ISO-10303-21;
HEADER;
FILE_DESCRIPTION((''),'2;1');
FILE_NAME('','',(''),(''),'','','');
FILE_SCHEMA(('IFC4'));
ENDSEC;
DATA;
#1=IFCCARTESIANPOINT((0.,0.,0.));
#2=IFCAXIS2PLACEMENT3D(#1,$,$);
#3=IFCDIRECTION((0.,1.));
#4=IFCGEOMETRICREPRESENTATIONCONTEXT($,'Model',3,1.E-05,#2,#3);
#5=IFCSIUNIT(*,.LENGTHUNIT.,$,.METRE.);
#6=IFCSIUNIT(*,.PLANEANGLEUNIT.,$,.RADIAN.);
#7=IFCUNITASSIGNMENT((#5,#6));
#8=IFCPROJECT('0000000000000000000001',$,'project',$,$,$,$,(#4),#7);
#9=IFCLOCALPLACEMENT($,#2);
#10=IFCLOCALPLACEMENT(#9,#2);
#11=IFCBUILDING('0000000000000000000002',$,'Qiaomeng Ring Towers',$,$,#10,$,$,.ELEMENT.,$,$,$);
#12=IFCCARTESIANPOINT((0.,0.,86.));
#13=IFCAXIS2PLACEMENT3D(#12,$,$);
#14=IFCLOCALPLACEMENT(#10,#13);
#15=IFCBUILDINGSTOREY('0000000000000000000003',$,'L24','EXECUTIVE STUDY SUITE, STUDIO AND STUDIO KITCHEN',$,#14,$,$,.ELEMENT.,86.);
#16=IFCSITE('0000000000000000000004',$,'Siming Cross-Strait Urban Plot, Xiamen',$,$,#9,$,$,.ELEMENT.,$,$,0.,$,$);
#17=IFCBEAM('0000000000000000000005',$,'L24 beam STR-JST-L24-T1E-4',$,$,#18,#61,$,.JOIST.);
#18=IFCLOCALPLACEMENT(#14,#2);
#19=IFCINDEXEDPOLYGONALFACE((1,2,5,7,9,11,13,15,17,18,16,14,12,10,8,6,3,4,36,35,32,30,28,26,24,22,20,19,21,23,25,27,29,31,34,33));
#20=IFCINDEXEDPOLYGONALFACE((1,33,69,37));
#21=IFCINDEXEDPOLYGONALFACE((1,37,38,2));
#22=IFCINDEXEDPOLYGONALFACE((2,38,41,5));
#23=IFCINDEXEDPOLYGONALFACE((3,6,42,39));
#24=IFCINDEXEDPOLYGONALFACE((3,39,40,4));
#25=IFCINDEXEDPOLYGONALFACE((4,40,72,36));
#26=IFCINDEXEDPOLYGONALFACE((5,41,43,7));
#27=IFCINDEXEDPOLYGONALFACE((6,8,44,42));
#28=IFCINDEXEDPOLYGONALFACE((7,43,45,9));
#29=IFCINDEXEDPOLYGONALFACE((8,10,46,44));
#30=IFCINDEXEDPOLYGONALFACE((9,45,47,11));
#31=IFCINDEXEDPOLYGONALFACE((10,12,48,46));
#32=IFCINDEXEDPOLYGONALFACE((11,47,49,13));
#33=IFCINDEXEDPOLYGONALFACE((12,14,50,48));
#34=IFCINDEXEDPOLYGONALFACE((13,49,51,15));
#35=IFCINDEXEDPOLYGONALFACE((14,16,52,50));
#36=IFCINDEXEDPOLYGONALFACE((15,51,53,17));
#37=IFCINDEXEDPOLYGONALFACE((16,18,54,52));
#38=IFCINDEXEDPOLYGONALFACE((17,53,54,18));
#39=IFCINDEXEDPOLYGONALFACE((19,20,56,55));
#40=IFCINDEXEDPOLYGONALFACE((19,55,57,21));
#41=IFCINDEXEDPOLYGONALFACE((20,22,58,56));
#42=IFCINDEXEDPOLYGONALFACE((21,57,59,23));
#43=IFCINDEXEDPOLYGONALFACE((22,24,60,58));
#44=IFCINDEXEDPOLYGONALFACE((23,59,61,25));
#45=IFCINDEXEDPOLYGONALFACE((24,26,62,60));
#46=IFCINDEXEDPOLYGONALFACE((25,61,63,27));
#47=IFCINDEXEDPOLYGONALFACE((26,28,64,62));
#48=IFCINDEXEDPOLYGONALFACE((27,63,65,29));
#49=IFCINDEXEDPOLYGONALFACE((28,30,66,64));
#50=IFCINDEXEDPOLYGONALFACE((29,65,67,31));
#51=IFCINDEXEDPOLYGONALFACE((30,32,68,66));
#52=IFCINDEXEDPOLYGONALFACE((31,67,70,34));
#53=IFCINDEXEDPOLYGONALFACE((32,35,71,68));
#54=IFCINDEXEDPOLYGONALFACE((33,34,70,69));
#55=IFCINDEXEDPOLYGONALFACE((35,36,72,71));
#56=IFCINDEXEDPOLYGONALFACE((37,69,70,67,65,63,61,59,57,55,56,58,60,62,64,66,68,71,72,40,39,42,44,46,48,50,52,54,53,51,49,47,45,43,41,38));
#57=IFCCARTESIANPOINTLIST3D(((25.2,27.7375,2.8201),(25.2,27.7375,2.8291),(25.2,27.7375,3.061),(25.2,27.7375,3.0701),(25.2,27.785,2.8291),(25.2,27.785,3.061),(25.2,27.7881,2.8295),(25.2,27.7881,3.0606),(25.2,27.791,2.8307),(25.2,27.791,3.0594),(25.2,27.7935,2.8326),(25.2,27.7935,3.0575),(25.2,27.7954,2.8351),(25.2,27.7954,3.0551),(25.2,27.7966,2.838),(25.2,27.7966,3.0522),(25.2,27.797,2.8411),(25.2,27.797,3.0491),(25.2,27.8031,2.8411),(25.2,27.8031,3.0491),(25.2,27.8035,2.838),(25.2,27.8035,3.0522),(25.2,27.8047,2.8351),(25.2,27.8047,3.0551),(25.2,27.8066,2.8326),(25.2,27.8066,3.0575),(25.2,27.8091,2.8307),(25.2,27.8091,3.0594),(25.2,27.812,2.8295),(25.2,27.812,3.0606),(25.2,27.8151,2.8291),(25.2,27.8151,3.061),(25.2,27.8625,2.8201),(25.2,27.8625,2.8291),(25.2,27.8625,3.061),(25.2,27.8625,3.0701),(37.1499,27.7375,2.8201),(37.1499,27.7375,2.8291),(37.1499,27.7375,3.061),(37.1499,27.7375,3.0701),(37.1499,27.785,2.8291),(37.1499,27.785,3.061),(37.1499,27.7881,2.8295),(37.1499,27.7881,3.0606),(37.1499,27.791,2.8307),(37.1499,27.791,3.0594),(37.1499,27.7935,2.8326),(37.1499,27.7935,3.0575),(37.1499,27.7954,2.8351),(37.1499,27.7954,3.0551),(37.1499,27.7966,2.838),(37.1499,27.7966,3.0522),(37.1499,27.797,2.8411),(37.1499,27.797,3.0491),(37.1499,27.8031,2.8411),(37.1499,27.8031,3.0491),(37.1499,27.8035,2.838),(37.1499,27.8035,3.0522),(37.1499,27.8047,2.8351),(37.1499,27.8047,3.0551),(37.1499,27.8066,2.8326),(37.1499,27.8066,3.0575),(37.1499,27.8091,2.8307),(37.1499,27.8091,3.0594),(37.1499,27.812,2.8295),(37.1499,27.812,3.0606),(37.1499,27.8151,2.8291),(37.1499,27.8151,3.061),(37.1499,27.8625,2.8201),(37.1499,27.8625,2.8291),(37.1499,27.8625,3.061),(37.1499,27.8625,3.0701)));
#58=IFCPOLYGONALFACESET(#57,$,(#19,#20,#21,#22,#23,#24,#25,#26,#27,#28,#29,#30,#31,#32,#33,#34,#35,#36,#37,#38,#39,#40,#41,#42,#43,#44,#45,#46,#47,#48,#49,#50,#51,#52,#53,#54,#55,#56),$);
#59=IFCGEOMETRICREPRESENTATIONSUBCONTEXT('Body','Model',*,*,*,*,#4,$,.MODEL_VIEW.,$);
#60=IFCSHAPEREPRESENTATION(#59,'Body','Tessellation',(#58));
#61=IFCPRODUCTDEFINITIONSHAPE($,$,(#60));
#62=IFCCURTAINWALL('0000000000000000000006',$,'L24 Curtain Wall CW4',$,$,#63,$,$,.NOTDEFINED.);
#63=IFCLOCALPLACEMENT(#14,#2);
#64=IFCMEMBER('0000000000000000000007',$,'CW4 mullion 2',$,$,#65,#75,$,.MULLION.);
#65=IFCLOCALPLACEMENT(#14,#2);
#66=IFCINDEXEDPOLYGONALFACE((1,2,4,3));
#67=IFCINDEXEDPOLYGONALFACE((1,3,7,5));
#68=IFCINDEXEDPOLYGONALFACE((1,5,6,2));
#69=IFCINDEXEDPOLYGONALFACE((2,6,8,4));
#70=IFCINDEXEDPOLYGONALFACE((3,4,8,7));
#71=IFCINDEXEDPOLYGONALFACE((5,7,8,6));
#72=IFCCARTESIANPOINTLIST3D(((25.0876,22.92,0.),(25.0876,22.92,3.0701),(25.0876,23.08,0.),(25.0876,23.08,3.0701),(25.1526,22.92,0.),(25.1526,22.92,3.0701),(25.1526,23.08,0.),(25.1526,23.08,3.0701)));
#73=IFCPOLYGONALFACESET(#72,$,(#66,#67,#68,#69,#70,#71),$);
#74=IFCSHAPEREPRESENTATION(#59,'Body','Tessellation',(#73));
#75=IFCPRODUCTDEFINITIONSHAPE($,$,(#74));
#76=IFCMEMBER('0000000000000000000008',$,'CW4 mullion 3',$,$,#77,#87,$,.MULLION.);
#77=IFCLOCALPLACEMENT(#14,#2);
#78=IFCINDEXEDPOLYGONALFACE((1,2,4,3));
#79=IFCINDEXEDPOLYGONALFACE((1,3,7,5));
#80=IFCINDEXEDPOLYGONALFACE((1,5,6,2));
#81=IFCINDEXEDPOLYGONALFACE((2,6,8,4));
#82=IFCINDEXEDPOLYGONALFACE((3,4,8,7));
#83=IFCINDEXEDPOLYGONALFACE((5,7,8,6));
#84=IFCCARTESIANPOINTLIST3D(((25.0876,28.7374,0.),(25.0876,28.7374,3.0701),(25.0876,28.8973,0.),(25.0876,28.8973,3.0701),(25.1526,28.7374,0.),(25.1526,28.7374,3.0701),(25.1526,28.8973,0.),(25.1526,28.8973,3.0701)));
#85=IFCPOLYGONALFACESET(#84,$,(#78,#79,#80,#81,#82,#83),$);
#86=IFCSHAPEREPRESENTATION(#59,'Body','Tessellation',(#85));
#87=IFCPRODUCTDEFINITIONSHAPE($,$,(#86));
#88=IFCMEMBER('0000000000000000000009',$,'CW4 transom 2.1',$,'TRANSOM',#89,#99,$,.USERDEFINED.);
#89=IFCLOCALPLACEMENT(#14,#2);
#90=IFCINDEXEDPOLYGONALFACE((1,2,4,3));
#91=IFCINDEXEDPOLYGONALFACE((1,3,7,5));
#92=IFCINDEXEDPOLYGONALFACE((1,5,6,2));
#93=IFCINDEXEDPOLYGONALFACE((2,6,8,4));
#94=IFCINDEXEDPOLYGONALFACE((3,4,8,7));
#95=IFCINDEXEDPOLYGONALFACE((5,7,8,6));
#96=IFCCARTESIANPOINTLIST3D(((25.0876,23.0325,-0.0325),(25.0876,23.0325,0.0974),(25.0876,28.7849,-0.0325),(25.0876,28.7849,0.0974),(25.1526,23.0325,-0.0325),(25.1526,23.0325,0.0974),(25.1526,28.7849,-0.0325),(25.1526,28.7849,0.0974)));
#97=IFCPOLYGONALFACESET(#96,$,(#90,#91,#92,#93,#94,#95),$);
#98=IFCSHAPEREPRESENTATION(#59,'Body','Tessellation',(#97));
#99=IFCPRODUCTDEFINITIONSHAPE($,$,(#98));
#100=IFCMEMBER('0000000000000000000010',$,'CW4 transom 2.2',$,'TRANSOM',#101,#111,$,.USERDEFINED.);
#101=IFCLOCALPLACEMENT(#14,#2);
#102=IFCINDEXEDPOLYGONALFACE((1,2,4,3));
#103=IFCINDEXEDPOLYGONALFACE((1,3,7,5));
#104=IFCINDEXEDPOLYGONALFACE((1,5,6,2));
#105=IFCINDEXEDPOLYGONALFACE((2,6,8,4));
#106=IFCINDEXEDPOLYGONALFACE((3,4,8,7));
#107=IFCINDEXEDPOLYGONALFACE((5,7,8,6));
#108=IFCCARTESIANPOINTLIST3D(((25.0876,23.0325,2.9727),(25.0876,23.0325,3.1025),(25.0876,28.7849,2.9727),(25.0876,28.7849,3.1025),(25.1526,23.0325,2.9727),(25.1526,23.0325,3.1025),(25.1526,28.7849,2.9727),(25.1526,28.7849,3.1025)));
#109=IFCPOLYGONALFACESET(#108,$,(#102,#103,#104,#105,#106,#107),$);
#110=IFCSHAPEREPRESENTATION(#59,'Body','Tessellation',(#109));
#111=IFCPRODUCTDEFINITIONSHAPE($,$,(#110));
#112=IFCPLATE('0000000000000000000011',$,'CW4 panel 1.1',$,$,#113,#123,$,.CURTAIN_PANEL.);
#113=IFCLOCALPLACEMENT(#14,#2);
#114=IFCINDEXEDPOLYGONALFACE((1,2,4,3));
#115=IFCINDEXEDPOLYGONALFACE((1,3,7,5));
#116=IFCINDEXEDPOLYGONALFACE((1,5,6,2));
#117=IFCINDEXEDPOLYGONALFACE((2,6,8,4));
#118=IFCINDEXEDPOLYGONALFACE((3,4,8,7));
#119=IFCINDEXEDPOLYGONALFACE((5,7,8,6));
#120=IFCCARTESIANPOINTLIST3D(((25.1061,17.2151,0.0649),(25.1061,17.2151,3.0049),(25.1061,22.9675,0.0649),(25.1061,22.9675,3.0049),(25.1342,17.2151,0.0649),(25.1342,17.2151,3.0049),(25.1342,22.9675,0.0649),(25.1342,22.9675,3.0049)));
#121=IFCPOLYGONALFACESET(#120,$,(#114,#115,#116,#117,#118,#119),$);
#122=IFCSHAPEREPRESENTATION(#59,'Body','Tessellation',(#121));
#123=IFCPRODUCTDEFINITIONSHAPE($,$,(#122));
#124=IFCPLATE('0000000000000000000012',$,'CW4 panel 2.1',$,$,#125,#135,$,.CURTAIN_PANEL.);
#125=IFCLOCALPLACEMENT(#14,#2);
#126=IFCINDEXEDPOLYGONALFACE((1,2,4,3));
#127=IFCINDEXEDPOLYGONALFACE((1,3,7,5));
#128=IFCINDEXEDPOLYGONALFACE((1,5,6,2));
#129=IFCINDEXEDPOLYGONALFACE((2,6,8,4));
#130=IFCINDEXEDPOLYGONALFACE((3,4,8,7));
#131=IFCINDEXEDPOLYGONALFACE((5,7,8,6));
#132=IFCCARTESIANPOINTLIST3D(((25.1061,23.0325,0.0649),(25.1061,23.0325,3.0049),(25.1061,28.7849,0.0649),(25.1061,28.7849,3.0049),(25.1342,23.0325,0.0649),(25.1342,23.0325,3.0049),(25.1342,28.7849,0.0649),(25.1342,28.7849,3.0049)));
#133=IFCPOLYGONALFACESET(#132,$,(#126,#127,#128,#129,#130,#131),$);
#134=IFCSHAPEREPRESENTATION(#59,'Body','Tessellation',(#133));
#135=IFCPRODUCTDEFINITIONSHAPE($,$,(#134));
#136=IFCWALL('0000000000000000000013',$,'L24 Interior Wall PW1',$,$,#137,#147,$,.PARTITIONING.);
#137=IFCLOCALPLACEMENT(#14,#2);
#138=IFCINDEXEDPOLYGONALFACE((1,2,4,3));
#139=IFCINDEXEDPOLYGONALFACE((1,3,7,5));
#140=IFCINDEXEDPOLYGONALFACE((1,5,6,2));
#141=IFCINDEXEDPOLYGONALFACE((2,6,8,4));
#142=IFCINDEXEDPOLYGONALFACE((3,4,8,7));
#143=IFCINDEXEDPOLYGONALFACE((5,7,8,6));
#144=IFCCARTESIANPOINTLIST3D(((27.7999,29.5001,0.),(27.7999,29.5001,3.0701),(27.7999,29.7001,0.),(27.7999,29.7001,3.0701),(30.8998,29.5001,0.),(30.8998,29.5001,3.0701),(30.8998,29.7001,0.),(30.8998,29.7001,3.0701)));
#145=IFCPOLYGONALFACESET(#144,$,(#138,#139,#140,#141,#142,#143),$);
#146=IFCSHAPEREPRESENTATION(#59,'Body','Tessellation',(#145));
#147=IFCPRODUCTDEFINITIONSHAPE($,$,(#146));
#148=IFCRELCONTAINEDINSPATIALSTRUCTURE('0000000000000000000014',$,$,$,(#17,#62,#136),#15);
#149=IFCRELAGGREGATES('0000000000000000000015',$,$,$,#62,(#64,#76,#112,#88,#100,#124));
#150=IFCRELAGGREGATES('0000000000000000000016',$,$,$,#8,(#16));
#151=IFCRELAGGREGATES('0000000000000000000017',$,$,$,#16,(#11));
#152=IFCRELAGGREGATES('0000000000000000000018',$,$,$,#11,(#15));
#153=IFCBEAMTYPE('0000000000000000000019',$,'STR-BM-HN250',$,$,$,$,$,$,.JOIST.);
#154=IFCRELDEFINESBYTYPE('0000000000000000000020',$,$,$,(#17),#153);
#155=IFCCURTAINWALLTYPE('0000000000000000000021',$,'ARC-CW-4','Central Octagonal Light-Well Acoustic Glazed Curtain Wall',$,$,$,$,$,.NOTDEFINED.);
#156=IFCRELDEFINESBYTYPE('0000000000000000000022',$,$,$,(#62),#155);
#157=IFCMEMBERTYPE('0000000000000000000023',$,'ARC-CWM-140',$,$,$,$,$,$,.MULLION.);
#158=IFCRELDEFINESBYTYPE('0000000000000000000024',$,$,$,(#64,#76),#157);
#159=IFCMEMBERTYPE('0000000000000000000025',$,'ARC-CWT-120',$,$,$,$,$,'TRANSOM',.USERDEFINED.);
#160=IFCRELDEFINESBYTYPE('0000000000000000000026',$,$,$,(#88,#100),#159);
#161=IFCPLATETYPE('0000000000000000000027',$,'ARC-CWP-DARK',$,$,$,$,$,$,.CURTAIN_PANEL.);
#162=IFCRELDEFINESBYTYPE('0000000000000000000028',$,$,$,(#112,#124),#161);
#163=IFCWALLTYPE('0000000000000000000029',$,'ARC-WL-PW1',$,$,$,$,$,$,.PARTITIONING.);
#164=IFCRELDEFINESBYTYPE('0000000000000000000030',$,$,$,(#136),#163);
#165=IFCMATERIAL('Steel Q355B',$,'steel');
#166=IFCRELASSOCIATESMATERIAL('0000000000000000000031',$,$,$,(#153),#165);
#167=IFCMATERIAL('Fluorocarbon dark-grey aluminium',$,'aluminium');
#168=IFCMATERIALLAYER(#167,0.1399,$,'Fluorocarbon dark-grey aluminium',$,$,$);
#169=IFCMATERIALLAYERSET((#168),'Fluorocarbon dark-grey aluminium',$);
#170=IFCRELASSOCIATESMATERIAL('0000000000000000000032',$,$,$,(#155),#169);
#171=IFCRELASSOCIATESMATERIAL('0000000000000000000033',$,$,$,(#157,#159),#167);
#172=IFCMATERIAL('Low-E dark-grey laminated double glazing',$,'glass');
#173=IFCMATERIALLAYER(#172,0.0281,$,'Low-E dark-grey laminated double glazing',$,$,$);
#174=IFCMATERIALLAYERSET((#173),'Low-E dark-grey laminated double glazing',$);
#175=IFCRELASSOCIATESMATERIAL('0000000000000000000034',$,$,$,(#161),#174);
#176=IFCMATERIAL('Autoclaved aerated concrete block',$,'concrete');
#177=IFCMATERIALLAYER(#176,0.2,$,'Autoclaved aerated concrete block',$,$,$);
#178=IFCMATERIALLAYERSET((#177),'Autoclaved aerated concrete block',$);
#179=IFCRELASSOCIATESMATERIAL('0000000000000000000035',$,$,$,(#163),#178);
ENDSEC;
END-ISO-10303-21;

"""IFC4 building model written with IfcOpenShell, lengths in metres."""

from ifc_helpers import new_model, si_unit, direction, frame, frame_2d, origin, origin_2d, place, context, subcontext, project, spatial, rectangle, i_section, extrude, source, transform, mapped, material, layer, layer_set, material_profile, profile_set, type_object, element, aggregate, save


model = new_model("IFC4")

# Units and contexts
model_context = context("Model", 3, precision=1e-05, world=origin(), true_north=direction((0.0, 1.0)))
body_context = subcontext(model_context, "Body", "Model", "MODEL_VIEW")
ifc_project = project(units=[si_unit("LENGTHUNIT", "METRE"), si_unit("PLANEANGLEUNIT", "RADIAN")], contexts=[model_context])

# Site, building, storey
site_placement = place(None, origin())
site = spatial("IfcSite", under=ifc_project, at=site_placement, Name="Siming Cross-Strait Urban Plot, Xiamen", CompositionType="ELEMENT", RefElevation=0.0)
building_placement = place(site_placement, origin())
building = spatial("IfcBuilding", under=site, at=building_placement, Name="Qiaomeng Ring Towers", CompositionType="ELEMENT")
storey_placement = place(building_placement, frame((0.0, 0.0, 86.0)))
storey = spatial("IfcBuildingStorey", under=building, at=storey_placement, Name="L24", Description="EXECUTIVE STUDY SUITE, STUDIO AND STUDIO KITCHEN", CompositionType="ELEMENT", Elevation=86.0)

# Beam
ifc_material_1 = material(Name="Steel Q355B", Category="steel")
ifc_material_profile_1 = material_profile(ifc_material_1, i_section(OverallWidth=0.125, OverallDepth=0.25, WebThickness=0.0061, FlangeThickness=0.009, FilletRadius=0.012, at=origin_2d()), Name="HN 250x125x6x9")
ifc_profile_set_1 = profile_set([ifc_material_profile_1], Name="Steel Q355B")
beam_type_1 = type_object("IfcBeamType", Name="STR-BM-HN250", PredefinedType="JOIST", material=ifc_profile_set_1)
shared_shape_1 = source(origin(), body_context, "Body", "SweptSolid", [
    extrude(i_section(OverallWidth=0.125, OverallDepth=0.25, WebThickness=0.0061, FlangeThickness=0.009, FilletRadius=0.012, at=origin_2d()), origin(), (0.0, 0.0, 1.0), 11.95),
])
for number, where, z_axis, x_axis, name in (
    (1, (25.2, 27.8, 2.9451), (1.0, 0.0, 0.0), (0.0, 1.0, 0.0), "L24 beam STR-JST-L24-T1E-4"),
):
    element("IfcBeam", number, at=place(storey_placement, frame(where, z_axis=z_axis, x_axis=x_axis)), inside=storey, type_object=beam_type_1, Name=name, PredefinedType="JOIST", context=body_context, shape_type="MappedRepresentation", body=[
        mapped(shared_shape_1, transform((0.0, 0.0, 0.0), x_axis=(1.0, 0.0, 0.0), y_axis=(0.0, 1.0, 0.0), z_axis=(0.0, 0.0, 1.0), scale=1.0)),
    ])

# Curtain wall, members, plates
ifc_material_2 = material(Name="Fluorocarbon dark-grey aluminium", Category="aluminium")
ifc_layer_1 = layer(ifc_material_2, 0.1399, Name="Fluorocarbon dark-grey aluminium")
ifc_layer_set_1 = layer_set([ifc_layer_1], Name="Fluorocarbon dark-grey aluminium")
curtain_wall_type = type_object("IfcCurtainWallType", Name="ARC-CW-4", Description="Central Octagonal Light-Well Acoustic Glazed Curtain Wall", PredefinedType="NOTDEFINED", material=ifc_layer_set_1)
curtain_wall_placement = place(storey_placement, origin())
curtain_wall = element("IfcCurtainWall", 2, at=curtain_wall_placement, inside=storey, type_object=curtain_wall_type, Name="L24 Curtain Wall CW4", PredefinedType="NOTDEFINED")
ifc_material_profile_2 = material_profile(ifc_material_2, rectangle(XDim=0.0649, YDim=0.1599, at=origin_2d()), Name="ALU MULL 65x160")
ifc_profile_set_2 = profile_set([ifc_material_profile_2], Name="Fluorocarbon dark-grey aluminium")
member_type_1 = type_object("IfcMemberType", Name="ARC-CWM-140", PredefinedType="MULLION", material=ifc_profile_set_2)
shared_shape_2 = source(origin(), body_context, "Body", "SweptSolid", [
    extrude(rectangle(XDim=0.0649, YDim=0.1599, at=origin_2d()), origin(), (0.0, 0.0, 1.0), 3.0701),
])
member_1_placement = place(storey_placement, frame((25.1201, 23.0, 0.0), z_axis=(0.0, 0.0, 1.0), x_axis=(-1.0, 0.0, 0.0)))
member_1 = element("IfcMember", 3, at=member_1_placement, type_object=member_type_1, Name="CW4 mullion 2", PredefinedType="MULLION", context=body_context, shape_type="MappedRepresentation", body=[
    mapped(shared_shape_2, transform((0.0, 0.0, 0.0), x_axis=(1.0, 0.0, 0.0), y_axis=(0.0, 1.0, 0.0), z_axis=(0.0, 0.0, 1.0), scale=1.0)),
])
member_2_placement = place(storey_placement, frame((25.1201, 28.8174, 0.0), z_axis=(0.0, 0.0, 1.0), x_axis=(-1.0, 0.0, 0.0)))
member_2 = element("IfcMember", 4, at=member_2_placement, type_object=member_type_1, Name="CW4 mullion 3", PredefinedType="MULLION", context=body_context, shape_type="MappedRepresentation", body=[
    mapped(shared_shape_2, transform((0.0, 0.0, 0.0), x_axis=(1.0, 0.0, 0.0), y_axis=(0.0, 1.0, 0.0), z_axis=(0.0, 0.0, 1.0), scale=1.0)),
])
ifc_material_profile_3 = material_profile(ifc_material_2, rectangle(XDim=0.0649, YDim=0.1299, at=origin_2d()), Name="ALU TRAN 65x130")
ifc_profile_set_3 = profile_set([ifc_material_profile_3], Name="Fluorocarbon dark-grey aluminium")
member_type_2 = type_object("IfcMemberType", Name="ARC-CWT-120", ElementType="TRANSOM", PredefinedType="USERDEFINED", material=ifc_profile_set_3)
shared_shape_3 = source(origin(), body_context, "Body", "SweptSolid", [
    extrude(rectangle(XDim=0.0649, YDim=0.1299, at=origin_2d()), origin(), (0.0, 0.0, 1.0), 5.7524),
])
member_3_placement = place(storey_placement, frame((25.1201, 23.0325, 0.0325), z_axis=(0.0, 1.0, 0.0), x_axis=(-1.0, 0.0, 0.0)))
member_3 = element("IfcMember", 5, at=member_3_placement, type_object=member_type_2, Name="CW4 transom 2.1", ObjectType="TRANSOM", PredefinedType="USERDEFINED", context=body_context, shape_type="MappedRepresentation", body=[
    mapped(shared_shape_3, transform((0.0, 0.0, 0.0), x_axis=(1.0, 0.0, 0.0), y_axis=(0.0, 1.0, 0.0), z_axis=(0.0, 0.0, 1.0), scale=1.0)),
])
member_4_placement = place(storey_placement, frame((25.1201, 23.0325, 3.0376), z_axis=(0.0, 1.0, 0.0), x_axis=(-1.0, 0.0, 0.0)))
member_4 = element("IfcMember", 6, at=member_4_placement, type_object=member_type_2, Name="CW4 transom 2.2", ObjectType="TRANSOM", PredefinedType="USERDEFINED", context=body_context, shape_type="MappedRepresentation", body=[
    mapped(shared_shape_3, transform((0.0, 0.0, 0.0), x_axis=(1.0, 0.0, 0.0), y_axis=(0.0, 1.0, 0.0), z_axis=(0.0, 0.0, 1.0), scale=1.0)),
])
ifc_material_3 = material(Name="Low-E dark-grey laminated double glazing", Category="glass")
ifc_layer_2 = layer(ifc_material_3, 0.0281, Name="Low-E dark-grey laminated double glazing")
ifc_layer_set_2 = layer_set([ifc_layer_2], Name="Low-E dark-grey laminated double glazing")
plate_type = type_object("IfcPlateType", Name="ARC-CWP-DARK", PredefinedType="CURTAIN_PANEL", material=ifc_layer_set_2)
shared_shape_4 = source(origin(), body_context, "Body", "SweptSolid", [
    extrude(rectangle(XDim=5.7524, YDim=0.0281, at=origin_2d()), origin(), (0.0, 0.0, 1.0), 2.9399),
])
plate_1_placement = place(storey_placement, frame((25.1201, 20.0913, 0.0649), z_axis=(0.0, 0.0, 1.0), x_axis=(0.0, 1.0, 0.0)))
plate_1 = element("IfcPlate", 7, at=plate_1_placement, type_object=plate_type, Name="CW4 panel 1.1", PredefinedType="CURTAIN_PANEL", context=body_context, shape_type="MappedRepresentation", body=[
    mapped(shared_shape_4, transform((0.0, 0.0, 0.0), x_axis=(1.0, 0.0, 0.0), y_axis=(0.0, 1.0, 0.0), z_axis=(0.0, 0.0, 1.0), scale=1.0)),
])
plate_2_placement = place(storey_placement, frame((25.1201, 25.9087, 0.0649), z_axis=(0.0, 0.0, 1.0), x_axis=(0.0, 1.0, 0.0)))
plate_2 = element("IfcPlate", 8, at=plate_2_placement, type_object=plate_type, Name="CW4 panel 2.1", PredefinedType="CURTAIN_PANEL", context=body_context, shape_type="MappedRepresentation", body=[
    mapped(shared_shape_4, transform((0.0, 0.0, 0.0), x_axis=(1.0, 0.0, 0.0), y_axis=(0.0, 1.0, 0.0), z_axis=(0.0, 0.0, 1.0), scale=1.0)),
])
aggregate(curtain_wall, [member_1, member_2, plate_1, member_3, member_4, plate_2])

# Wall
ifc_material_4 = material(Name="Autoclaved aerated concrete block", Category="concrete")
ifc_layer_3 = layer(ifc_material_4, 0.2, Name="Autoclaved aerated concrete block")
ifc_layer_set_3 = layer_set([ifc_layer_3], Name="Autoclaved aerated concrete block")
wall_type_1 = type_object("IfcWallType", Name="ARC-WL-PW1", PredefinedType="PARTITIONING", material=ifc_layer_set_3)
wall_1_placement = place(storey_placement, frame((27.8, 29.6001, 0.0), z_axis=(0.0, 0.0, 1.0), x_axis=(1.0, 0.0, 0.0)))
element("IfcWall", 9, at=wall_1_placement, inside=storey, type_object=wall_type_1, Name="L24 Interior Wall PW1", PredefinedType="PARTITIONING", context=body_context, shape_type="SweptSolid", body=[
    extrude(rectangle(XDim=3.0999, YDim=0.2, at=frame_2d((1.5498, 0.0))), origin(), (0.0, 0.0, 1.0), 3.0701),
])

save(model, "model.ifc")
